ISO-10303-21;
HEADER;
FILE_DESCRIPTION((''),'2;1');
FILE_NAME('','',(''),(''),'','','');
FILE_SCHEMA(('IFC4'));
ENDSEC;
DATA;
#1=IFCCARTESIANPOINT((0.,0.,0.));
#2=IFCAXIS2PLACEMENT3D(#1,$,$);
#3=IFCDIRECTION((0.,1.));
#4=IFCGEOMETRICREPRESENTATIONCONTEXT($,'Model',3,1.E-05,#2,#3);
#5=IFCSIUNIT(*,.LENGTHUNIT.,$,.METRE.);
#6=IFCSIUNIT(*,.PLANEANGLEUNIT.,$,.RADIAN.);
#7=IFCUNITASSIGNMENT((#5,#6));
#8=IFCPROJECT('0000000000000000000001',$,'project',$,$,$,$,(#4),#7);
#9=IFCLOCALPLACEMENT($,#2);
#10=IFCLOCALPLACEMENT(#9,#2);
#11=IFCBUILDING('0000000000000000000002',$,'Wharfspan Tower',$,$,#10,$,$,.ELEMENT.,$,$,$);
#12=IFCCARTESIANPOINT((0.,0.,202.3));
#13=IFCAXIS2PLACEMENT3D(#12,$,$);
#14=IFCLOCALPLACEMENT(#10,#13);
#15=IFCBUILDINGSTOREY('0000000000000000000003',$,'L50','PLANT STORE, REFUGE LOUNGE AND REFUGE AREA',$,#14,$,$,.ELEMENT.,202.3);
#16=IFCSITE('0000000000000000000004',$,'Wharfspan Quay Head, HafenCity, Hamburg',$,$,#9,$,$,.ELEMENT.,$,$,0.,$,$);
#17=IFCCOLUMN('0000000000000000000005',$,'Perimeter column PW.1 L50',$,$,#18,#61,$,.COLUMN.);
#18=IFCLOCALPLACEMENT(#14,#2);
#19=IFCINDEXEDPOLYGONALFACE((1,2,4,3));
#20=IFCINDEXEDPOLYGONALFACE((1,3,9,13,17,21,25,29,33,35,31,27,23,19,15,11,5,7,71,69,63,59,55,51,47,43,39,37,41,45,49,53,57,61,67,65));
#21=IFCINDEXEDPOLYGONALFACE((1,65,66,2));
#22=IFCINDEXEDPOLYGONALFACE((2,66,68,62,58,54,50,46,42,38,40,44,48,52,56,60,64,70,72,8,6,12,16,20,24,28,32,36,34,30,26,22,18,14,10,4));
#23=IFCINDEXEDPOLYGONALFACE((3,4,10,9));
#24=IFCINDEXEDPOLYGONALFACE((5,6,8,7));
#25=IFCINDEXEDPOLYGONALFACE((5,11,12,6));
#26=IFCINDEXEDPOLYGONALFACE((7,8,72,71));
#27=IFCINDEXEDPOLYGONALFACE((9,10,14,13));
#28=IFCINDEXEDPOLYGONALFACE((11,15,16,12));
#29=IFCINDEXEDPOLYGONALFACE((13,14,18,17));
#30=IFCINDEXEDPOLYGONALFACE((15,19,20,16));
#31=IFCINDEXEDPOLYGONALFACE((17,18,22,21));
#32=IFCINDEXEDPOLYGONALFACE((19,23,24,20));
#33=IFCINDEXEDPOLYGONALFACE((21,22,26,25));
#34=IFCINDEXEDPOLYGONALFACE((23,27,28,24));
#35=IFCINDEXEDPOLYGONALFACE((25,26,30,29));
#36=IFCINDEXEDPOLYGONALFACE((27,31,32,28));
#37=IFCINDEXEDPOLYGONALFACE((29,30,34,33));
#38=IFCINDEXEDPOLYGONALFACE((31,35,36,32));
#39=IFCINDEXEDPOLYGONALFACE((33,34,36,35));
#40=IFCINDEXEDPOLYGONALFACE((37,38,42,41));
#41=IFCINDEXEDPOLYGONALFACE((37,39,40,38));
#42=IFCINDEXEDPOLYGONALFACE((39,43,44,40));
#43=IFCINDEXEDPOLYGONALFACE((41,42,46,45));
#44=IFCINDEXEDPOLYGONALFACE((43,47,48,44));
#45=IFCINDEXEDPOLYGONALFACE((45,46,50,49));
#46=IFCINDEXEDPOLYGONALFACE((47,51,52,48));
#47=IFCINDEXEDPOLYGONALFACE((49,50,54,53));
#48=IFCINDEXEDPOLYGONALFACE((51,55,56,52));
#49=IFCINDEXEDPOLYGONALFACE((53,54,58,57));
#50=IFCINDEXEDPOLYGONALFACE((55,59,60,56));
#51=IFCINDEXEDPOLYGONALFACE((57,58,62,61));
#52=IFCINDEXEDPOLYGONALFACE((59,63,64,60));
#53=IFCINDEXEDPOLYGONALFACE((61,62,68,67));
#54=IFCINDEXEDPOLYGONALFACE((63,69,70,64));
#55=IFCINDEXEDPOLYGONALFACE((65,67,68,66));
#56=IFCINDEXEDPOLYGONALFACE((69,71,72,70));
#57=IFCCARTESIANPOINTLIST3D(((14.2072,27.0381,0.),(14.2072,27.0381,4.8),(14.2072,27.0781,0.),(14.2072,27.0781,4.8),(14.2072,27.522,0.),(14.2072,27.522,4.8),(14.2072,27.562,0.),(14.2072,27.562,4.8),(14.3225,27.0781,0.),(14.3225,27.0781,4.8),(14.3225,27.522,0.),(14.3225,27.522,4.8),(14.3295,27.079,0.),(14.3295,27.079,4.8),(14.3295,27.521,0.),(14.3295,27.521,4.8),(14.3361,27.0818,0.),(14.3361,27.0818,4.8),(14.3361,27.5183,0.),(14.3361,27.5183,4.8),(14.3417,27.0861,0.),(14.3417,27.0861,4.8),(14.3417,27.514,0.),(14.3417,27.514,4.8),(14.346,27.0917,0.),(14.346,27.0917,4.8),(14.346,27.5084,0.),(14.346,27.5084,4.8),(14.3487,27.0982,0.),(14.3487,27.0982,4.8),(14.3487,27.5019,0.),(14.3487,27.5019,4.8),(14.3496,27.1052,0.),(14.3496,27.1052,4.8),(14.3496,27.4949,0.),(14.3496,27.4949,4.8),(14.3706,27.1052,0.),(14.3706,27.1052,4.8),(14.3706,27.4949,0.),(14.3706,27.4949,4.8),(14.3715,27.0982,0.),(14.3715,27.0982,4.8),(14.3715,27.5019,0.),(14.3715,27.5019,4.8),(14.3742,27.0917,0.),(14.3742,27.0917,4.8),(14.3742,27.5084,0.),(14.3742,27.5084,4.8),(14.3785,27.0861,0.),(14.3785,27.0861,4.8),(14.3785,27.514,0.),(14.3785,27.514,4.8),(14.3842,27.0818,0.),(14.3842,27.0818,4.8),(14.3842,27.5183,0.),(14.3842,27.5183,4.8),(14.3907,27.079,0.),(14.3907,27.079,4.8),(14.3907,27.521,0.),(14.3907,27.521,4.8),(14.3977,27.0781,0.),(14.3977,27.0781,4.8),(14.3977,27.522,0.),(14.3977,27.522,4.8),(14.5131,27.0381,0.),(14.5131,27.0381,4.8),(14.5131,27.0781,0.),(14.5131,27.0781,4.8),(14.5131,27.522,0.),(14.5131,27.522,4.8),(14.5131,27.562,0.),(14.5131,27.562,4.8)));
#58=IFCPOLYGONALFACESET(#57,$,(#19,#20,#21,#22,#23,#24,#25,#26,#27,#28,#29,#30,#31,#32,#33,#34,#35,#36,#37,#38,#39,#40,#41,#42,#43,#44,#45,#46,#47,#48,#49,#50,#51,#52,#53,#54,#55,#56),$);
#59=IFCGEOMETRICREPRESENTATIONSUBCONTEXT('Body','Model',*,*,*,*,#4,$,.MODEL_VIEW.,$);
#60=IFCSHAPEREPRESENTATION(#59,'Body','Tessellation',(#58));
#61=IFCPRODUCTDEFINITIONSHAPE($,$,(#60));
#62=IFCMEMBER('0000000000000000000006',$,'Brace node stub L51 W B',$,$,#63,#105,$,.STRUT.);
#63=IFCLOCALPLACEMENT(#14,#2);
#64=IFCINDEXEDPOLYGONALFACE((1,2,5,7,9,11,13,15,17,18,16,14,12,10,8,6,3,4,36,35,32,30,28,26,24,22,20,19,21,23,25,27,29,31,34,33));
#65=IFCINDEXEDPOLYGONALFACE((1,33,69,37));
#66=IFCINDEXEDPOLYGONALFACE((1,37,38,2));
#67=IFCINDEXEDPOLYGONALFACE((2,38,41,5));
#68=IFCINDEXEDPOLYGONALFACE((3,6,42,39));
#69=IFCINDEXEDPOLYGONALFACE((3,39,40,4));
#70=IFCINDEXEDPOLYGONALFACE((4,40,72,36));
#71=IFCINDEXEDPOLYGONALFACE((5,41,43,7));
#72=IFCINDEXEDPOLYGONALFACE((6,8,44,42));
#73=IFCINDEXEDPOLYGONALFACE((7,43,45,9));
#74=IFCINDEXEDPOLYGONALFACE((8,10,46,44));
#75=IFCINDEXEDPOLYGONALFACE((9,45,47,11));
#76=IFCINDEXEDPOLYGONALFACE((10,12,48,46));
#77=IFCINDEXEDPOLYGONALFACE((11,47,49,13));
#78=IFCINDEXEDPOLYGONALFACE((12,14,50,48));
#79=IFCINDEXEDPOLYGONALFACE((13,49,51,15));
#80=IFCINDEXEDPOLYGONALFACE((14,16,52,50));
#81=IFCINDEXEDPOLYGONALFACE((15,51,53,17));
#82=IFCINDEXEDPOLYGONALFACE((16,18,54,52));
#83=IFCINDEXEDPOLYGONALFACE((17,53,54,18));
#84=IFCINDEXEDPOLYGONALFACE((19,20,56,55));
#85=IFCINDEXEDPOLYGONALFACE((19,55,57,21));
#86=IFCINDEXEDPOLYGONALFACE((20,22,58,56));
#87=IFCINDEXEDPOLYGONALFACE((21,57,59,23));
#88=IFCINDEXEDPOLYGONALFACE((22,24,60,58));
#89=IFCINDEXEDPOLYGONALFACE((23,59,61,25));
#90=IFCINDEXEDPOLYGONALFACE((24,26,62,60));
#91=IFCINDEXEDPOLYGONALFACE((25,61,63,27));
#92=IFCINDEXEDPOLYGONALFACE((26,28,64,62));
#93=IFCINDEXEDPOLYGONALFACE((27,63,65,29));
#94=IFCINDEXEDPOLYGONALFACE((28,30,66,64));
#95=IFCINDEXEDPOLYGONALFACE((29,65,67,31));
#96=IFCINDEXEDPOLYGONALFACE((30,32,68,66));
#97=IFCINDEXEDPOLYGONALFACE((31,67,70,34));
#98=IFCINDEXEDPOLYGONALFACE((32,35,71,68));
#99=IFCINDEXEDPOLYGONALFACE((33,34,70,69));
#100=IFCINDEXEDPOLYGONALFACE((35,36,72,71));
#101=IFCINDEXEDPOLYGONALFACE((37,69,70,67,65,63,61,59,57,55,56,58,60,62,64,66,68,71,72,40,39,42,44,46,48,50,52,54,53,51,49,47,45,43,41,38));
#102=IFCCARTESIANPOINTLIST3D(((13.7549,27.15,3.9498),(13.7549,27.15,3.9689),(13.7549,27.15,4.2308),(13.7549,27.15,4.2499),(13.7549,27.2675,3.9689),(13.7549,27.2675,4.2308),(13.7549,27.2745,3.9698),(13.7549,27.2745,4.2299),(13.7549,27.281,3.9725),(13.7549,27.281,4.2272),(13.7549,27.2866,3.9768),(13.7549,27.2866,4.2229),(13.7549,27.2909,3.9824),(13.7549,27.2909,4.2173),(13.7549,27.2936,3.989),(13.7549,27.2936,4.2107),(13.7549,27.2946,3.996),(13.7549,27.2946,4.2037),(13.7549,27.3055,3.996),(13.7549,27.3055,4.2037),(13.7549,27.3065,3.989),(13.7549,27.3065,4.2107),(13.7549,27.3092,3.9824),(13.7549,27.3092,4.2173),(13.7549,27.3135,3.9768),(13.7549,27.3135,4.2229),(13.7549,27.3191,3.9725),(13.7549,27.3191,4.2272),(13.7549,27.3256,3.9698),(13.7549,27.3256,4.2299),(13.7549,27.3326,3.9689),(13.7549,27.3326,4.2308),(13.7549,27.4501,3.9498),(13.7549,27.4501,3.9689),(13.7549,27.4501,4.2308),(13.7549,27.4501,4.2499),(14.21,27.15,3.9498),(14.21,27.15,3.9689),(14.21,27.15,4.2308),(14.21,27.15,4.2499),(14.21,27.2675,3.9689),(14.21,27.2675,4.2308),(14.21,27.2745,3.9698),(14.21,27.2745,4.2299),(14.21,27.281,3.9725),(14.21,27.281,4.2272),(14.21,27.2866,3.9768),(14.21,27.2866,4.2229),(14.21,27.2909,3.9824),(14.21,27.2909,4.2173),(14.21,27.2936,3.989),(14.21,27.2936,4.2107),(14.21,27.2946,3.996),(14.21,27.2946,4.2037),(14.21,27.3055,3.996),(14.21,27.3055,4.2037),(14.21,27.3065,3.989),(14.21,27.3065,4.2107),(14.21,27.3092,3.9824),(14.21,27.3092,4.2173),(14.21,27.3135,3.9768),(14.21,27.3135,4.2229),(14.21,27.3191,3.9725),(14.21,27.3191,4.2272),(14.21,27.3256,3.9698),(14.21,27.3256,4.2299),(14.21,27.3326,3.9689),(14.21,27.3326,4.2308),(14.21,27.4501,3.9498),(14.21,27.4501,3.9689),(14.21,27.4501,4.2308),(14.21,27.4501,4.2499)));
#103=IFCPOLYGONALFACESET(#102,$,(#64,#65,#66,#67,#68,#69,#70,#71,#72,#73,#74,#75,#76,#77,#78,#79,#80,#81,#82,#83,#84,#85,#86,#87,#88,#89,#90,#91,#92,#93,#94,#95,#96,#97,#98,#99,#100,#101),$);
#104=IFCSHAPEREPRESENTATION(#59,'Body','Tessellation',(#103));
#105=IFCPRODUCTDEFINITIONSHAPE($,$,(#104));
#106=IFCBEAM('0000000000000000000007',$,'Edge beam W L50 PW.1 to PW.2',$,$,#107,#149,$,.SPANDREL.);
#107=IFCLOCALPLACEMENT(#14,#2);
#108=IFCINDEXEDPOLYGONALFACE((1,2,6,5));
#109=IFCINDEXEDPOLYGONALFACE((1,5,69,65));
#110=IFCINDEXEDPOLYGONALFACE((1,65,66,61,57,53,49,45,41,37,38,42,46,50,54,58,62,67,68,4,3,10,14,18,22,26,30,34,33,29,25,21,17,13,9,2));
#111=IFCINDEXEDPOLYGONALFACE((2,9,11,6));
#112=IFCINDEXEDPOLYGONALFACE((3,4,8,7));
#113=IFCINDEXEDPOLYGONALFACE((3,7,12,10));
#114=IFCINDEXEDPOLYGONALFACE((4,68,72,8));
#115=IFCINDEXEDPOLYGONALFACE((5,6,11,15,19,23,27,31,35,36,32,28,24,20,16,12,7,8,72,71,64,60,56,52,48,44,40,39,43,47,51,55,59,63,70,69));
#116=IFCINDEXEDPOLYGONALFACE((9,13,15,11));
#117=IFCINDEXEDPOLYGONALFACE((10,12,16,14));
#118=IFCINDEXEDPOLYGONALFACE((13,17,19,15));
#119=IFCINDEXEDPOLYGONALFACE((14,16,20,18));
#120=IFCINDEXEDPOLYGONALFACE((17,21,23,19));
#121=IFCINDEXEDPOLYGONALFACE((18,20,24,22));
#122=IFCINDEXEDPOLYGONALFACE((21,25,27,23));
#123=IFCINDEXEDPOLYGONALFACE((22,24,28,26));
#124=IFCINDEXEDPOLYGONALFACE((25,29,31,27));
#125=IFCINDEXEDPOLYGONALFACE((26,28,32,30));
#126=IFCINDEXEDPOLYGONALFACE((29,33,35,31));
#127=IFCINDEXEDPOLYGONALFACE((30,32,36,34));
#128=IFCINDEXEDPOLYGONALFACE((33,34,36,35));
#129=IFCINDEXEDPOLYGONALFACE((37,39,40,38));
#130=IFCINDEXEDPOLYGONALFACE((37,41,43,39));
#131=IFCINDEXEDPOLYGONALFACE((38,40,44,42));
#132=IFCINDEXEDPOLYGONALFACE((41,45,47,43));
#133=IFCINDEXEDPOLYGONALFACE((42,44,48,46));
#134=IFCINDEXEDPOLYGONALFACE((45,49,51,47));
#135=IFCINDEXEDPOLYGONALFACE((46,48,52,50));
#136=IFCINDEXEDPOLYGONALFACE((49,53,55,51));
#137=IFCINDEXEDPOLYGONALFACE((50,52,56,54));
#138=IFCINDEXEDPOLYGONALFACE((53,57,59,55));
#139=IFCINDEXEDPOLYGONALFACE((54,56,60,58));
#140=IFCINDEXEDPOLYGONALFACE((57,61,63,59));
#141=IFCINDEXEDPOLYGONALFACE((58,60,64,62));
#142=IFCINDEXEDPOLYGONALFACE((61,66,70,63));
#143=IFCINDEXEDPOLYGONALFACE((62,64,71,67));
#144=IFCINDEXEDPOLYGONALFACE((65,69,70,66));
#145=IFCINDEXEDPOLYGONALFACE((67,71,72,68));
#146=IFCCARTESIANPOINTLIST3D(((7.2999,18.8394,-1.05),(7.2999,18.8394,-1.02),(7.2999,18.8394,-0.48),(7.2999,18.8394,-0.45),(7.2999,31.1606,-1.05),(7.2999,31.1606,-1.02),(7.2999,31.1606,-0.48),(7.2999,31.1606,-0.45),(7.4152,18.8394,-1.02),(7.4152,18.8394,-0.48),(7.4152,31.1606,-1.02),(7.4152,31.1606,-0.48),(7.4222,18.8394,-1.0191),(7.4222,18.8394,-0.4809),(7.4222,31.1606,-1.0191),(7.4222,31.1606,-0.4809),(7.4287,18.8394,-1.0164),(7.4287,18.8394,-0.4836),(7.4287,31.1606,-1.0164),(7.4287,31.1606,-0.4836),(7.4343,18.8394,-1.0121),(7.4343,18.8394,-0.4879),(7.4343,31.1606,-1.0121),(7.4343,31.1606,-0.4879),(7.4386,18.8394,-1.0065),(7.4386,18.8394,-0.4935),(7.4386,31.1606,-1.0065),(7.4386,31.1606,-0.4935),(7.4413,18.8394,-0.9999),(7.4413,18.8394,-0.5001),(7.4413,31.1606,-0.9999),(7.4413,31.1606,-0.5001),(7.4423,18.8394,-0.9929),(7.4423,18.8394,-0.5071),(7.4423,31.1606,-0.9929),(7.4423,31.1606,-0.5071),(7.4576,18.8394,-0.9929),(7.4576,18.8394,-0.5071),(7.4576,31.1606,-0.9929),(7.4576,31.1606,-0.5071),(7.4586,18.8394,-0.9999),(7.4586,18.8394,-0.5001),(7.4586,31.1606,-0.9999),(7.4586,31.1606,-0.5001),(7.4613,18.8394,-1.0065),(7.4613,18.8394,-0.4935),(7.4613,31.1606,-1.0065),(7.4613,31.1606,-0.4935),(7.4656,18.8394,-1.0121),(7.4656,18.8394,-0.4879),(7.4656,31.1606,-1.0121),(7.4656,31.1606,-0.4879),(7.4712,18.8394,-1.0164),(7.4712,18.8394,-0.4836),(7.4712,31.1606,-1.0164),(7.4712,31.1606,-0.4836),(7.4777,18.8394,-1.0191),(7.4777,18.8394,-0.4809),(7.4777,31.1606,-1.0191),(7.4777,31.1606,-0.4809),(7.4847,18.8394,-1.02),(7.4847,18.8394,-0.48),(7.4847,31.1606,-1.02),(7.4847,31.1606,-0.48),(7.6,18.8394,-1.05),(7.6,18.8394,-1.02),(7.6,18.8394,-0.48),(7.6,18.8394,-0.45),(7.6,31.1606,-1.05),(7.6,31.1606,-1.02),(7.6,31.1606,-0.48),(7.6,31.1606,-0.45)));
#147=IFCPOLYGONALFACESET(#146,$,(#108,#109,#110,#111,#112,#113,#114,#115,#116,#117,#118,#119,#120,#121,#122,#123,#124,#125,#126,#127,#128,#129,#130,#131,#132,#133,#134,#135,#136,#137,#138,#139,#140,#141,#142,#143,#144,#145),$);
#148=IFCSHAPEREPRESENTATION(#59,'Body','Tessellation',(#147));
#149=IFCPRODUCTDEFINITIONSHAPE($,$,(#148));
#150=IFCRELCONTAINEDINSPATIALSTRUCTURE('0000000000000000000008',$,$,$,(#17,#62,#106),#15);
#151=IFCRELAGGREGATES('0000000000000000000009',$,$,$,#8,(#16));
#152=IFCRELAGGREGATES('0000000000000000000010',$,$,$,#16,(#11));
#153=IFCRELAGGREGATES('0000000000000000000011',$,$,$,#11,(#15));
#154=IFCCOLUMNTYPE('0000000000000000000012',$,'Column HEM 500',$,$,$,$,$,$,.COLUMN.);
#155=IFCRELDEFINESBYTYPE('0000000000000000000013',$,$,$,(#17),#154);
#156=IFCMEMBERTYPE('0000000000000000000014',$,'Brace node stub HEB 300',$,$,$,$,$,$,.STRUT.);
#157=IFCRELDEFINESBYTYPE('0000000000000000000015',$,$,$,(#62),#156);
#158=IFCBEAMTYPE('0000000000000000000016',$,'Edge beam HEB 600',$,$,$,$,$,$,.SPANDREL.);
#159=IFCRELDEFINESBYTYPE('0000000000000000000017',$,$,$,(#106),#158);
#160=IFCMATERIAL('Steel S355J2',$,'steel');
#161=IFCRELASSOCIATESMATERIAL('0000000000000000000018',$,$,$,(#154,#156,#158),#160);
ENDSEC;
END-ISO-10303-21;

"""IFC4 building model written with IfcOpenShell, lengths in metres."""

from ifc_helpers import new_model, si_unit, direction, frame, origin, origin_2d, place, context, subcontext, project, spatial, i_section, extrude, material, material_profile, profile_set, type_object, element, save


model = new_model("IFC4")

# Units and contexts
model_context = context("Model", 3, precision=1e-05, world=origin(), true_north=direction((0.0, 1.0)))
body_context = subcontext(model_context, "Body", "Model", "MODEL_VIEW")
ifc_project = project(units=[si_unit("LENGTHUNIT", "METRE"), si_unit("PLANEANGLEUNIT", "RADIAN")], contexts=[model_context])

# Site, building, storey
site_placement = place(None, origin())
site = spatial("IfcSite", under=ifc_project, at=site_placement, Name="Wharfspan Quay Head, HafenCity, Hamburg", CompositionType="ELEMENT", RefElevation=0.0)
building_placement = place(site_placement, origin())
building = spatial("IfcBuilding", under=site, at=building_placement, Name="Wharfspan Tower", CompositionType="ELEMENT")
storey_placement = place(building_placement, frame((0.0, 0.0, 202.3)))
storey = spatial("IfcBuildingStorey", under=building, at=storey_placement, Name="L50", Description="PLANT STORE, REFUGE LOUNGE AND REFUGE AREA", CompositionType="ELEMENT", Elevation=202.3)

# Column
ifc_material_1 = material(Name="Steel S355J2", Category="steel")
ifc_material_profile_1 = material_profile(ifc_material_1, i_section(OverallWidth=0.3059, OverallDepth=0.5239, WebThickness=0.021, FlangeThickness=0.04, FilletRadius=0.0271, at=origin_2d()))
ifc_profile_set_1 = profile_set([ifc_material_profile_1], Name="Steel S355J2")
column_type = type_object("IfcColumnType", Name="Column HEM 500", PredefinedType="COLUMN", material=ifc_profile_set_1)
column_placement = place(storey_placement, frame((14.3601, 27.3, 0.0), z_axis=(0.0, 0.0, 1.0), x_axis=(-1.0, 0.0, 0.0)))
element("IfcColumn", 1, at=column_placement, inside=storey, type_object=column_type, Name="Perimeter column PW.1 L50", PredefinedType="COLUMN", context=body_context, shape_type="SweptSolid", body=[
    extrude(i_section(OverallWidth=0.3059, OverallDepth=0.5239, WebThickness=0.021, FlangeThickness=0.04, FilletRadius=0.0271, at=origin_2d()), origin(), (0.0, 0.0, 1.0), 4.8),
])

# Member
ifc_material_profile_2 = material_profile(ifc_material_1, i_section(OverallWidth=0.3, OverallDepth=0.3, WebThickness=0.011, FlangeThickness=0.019, FilletRadius=0.0271, at=origin_2d()))
ifc_profile_set_2 = profile_set([ifc_material_profile_2], Name="Steel S355J2")
member_type_1 = type_object("IfcMemberType", Name="Brace node stub HEB 300", PredefinedType="STRUT", material=ifc_profile_set_2)
member_1_placement = place(storey_placement, frame((14.21, 27.3, 4.0999), z_axis=(-1.0, 0.0, 0.0), x_axis=(0.0, -1.0, 0.0)))
element("IfcMember", 2, at=member_1_placement, inside=storey, type_object=member_type_1, Name="Brace node stub L51 W B", PredefinedType="STRUT", context=body_context, shape_type="SweptSolid", body=[
    extrude(i_section(OverallWidth=0.3, OverallDepth=0.3, WebThickness=0.011, FlangeThickness=0.019, FilletRadius=0.0271, at=origin_2d()), origin(), (0.0, 0.0, 1.0), 0.4551),
])

# Beam
ifc_material_profile_3 = material_profile(ifc_material_1, i_section(OverallWidth=0.3, OverallDepth=0.6001, WebThickness=0.0154, FlangeThickness=0.03, FilletRadius=0.0271, at=origin_2d()))
ifc_profile_set_3 = profile_set([ifc_material_profile_3], Name="Steel S355J2")
beam_type = type_object("IfcBeamType", Name="Edge beam HEB 600", PredefinedType="SPANDREL", material=ifc_profile_set_3)
beam_placement = place(storey_placement, frame((7.45, 31.1606, -0.75), z_axis=(0.0, -1.0, 0.0), x_axis=(1.0, 0.0, 0.0)))
element("IfcBeam", 3, at=beam_placement, inside=storey, type_object=beam_type, Name="Edge beam W L50 PW.1 to PW.2", PredefinedType="SPANDREL", context=body_context, shape_type="SweptSolid", body=[
    extrude(i_section(OverallWidth=0.3, OverallDepth=0.6001, WebThickness=0.0154, FlangeThickness=0.03, FilletRadius=0.0271, at=origin_2d()), origin(), (0.0, 0.0, 1.0), 12.3213),
])

save(model, "model.ifc")
